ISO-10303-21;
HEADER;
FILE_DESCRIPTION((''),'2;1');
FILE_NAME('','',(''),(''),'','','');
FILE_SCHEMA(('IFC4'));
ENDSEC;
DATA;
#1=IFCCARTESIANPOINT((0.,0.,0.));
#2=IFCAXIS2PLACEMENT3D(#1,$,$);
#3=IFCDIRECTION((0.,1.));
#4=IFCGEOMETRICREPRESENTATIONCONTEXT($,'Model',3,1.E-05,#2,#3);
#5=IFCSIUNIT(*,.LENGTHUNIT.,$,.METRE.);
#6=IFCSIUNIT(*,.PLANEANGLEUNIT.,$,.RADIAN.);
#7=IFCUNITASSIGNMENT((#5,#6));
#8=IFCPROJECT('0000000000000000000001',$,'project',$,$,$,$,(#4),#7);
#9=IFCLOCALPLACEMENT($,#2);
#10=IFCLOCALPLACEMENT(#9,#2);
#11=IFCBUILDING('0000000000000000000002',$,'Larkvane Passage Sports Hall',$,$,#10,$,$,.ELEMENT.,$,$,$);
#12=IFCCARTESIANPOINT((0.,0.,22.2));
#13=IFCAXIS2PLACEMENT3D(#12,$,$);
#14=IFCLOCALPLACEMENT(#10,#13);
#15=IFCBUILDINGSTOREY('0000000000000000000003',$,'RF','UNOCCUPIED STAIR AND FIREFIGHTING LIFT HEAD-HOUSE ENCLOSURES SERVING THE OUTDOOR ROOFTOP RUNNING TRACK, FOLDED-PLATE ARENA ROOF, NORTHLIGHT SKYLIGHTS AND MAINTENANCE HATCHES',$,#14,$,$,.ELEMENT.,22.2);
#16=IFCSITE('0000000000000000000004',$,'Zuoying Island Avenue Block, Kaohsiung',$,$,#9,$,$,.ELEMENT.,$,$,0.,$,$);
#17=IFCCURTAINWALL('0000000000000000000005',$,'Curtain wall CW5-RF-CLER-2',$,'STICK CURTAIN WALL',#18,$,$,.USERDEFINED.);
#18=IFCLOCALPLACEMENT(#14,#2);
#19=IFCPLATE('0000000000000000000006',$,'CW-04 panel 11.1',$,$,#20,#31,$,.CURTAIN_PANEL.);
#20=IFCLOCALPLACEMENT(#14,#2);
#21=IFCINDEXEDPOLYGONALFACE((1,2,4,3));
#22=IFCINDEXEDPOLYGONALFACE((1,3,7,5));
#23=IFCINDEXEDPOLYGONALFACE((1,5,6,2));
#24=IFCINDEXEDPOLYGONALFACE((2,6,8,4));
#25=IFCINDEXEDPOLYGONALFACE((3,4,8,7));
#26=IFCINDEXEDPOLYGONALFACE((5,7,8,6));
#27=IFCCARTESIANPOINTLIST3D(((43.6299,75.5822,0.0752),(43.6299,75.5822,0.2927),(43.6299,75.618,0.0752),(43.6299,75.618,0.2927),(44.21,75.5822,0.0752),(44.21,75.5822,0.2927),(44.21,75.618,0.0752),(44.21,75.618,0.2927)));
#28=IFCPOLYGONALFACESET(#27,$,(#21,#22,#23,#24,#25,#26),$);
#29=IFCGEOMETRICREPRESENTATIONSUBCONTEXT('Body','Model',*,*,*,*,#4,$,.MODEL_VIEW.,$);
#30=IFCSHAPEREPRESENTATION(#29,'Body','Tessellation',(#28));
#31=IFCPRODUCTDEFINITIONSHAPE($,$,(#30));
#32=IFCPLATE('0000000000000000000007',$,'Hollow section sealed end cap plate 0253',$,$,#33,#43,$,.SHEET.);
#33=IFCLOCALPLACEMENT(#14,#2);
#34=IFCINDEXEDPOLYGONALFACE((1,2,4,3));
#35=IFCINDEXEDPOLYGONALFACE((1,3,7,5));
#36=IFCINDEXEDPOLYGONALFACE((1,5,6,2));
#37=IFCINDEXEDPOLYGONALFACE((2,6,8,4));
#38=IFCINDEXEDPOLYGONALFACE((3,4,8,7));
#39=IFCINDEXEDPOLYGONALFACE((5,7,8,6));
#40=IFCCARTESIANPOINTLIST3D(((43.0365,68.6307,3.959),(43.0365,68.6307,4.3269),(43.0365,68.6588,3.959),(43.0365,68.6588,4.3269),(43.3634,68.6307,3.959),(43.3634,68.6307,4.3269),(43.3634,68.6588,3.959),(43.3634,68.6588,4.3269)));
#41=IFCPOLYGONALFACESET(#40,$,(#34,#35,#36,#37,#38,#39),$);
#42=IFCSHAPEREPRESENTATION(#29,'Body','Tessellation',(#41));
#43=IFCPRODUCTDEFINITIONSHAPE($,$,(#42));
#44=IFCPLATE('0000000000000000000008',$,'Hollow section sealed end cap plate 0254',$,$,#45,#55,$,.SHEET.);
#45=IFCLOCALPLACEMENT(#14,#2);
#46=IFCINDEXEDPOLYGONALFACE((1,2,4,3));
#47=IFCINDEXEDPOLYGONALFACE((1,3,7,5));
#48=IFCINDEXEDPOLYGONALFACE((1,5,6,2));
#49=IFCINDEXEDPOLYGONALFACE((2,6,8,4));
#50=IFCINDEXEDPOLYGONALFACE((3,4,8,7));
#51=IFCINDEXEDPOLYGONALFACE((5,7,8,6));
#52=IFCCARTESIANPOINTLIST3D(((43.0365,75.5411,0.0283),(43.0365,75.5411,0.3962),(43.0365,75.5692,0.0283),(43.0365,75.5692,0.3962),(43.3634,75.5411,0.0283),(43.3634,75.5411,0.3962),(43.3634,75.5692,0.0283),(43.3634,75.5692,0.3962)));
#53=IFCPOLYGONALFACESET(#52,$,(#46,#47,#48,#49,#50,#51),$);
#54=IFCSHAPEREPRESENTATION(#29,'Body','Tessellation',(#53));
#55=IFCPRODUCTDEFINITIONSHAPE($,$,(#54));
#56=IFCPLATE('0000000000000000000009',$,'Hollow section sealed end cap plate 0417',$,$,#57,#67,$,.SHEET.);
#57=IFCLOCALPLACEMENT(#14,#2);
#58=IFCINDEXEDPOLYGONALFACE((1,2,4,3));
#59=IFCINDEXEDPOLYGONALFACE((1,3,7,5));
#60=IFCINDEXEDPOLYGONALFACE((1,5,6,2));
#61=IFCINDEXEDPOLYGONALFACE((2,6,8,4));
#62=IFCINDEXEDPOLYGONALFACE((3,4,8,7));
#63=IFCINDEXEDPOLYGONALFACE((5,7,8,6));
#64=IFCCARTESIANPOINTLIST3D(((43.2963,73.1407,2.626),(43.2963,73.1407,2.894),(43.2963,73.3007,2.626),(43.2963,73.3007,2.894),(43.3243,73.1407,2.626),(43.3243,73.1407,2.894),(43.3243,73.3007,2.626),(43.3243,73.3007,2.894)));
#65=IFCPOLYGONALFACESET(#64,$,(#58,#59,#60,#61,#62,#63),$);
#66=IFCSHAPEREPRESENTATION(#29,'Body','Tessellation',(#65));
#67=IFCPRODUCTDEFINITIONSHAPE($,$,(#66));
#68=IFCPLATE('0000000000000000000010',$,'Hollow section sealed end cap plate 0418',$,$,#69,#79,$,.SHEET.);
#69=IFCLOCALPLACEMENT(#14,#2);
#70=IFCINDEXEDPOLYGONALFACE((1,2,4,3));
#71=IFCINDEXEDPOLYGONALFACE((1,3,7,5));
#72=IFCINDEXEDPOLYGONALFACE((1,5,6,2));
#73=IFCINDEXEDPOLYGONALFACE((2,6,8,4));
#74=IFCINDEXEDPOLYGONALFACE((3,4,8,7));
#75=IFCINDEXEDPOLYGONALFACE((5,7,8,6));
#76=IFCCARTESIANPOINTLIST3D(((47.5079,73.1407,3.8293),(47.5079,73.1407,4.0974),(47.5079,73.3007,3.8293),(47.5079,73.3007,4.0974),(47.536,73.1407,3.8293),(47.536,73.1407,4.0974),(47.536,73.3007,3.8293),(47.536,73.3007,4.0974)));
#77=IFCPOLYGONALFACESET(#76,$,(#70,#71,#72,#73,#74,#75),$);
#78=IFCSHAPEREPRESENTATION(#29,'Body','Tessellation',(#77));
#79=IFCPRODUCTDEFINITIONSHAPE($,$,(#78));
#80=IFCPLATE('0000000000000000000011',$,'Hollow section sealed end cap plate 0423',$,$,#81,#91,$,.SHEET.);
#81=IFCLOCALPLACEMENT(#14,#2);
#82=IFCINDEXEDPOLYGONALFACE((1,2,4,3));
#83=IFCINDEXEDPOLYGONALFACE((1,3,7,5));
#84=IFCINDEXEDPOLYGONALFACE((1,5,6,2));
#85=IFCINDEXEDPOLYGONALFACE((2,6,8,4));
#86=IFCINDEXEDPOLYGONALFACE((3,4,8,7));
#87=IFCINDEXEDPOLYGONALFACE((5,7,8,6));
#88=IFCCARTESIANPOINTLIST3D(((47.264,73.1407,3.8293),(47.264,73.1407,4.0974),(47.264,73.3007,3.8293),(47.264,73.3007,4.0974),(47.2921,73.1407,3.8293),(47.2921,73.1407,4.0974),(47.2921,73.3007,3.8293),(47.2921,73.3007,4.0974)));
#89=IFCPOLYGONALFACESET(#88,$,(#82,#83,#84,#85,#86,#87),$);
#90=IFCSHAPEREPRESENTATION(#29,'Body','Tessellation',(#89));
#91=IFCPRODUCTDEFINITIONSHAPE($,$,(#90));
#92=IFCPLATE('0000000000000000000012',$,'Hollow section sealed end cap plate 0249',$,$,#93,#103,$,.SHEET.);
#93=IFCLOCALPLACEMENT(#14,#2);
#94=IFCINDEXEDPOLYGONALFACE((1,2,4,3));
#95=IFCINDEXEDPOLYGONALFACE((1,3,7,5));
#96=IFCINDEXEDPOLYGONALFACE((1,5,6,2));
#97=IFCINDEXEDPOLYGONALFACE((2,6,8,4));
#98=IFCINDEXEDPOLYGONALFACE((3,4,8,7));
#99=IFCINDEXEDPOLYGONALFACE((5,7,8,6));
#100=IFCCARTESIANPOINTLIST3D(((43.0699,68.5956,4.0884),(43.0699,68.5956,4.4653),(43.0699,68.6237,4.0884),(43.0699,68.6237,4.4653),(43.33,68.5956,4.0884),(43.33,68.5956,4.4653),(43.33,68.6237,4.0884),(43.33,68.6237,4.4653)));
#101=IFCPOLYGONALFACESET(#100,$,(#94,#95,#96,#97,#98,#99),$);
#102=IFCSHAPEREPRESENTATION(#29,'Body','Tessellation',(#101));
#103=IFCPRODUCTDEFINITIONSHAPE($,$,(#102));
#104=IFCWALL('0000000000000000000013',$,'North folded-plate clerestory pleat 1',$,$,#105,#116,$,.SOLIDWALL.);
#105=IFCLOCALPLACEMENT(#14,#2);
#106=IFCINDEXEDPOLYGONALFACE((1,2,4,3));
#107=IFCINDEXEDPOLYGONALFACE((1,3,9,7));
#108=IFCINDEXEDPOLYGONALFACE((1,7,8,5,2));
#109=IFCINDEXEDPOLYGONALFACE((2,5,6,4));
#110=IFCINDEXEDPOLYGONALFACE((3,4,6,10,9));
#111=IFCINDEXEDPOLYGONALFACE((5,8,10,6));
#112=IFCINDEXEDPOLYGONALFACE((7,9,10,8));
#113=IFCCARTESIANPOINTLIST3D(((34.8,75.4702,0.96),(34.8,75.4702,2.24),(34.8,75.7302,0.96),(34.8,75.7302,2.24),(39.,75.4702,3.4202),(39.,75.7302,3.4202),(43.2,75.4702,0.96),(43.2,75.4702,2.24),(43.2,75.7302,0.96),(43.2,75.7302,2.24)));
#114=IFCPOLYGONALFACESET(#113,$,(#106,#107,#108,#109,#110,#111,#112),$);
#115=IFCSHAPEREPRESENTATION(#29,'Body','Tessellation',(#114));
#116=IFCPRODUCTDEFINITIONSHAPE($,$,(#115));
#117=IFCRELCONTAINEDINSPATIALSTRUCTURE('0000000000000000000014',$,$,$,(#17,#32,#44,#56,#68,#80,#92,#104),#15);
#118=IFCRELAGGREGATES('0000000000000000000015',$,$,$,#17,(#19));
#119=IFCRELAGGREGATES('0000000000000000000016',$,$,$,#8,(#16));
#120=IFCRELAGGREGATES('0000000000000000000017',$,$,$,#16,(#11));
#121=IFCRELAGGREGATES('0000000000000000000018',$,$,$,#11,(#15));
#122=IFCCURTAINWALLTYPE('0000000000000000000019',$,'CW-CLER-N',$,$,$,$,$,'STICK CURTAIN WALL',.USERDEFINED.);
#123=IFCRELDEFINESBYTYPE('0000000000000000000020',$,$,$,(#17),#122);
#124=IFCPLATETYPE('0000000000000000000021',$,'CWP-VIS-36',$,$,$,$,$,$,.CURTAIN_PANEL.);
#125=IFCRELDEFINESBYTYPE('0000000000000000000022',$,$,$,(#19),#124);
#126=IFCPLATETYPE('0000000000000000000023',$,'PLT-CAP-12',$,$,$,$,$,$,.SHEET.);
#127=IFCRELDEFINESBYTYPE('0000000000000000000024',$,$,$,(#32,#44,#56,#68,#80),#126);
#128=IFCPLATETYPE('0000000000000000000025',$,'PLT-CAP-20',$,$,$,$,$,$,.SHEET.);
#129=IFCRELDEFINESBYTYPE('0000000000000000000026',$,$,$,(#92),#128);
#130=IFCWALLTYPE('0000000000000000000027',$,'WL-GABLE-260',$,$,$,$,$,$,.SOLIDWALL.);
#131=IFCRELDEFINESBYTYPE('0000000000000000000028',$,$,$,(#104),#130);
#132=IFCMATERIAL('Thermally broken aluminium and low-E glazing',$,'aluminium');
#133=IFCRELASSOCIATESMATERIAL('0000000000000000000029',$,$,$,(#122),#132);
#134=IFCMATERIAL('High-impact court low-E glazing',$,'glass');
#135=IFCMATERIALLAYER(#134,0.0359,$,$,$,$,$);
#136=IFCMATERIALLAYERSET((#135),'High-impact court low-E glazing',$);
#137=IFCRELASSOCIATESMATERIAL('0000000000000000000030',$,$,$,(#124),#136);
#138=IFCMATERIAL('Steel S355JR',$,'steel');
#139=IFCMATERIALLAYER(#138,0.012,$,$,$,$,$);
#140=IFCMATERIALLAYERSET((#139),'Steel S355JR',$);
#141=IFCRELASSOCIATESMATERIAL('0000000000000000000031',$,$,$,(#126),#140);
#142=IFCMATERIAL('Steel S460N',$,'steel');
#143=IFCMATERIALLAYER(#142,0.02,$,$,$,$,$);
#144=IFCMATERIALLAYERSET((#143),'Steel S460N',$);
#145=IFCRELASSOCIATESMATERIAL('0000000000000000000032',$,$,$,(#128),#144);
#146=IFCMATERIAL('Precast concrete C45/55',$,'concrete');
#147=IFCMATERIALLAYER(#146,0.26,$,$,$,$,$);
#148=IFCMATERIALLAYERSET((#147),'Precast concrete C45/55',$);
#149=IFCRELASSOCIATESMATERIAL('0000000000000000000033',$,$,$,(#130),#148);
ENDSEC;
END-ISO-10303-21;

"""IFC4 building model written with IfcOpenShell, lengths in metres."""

from ifc_helpers import new_model, si_unit, direction, frame, origin, origin_2d, place, context, subcontext, project, spatial, polyline, rectangle, outline, extrude, material, layer, layer_set, type_object, element, aggregate, save


model = new_model("IFC4")

# Units and contexts
model_context = context("Model", 3, precision=1e-05, world=origin(), true_north=direction((0.0, 1.0)))
body_context = subcontext(model_context, "Body", "Model", "MODEL_VIEW")
ifc_project = project(units=[si_unit("LENGTHUNIT", "METRE"), si_unit("PLANEANGLEUNIT", "RADIAN")], contexts=[model_context])

# Site, building, storey
site_placement = place(None, origin())
site = spatial("IfcSite", under=ifc_project, at=site_placement, Name="Zuoying Island Avenue Block, Kaohsiung", CompositionType="ELEMENT", RefElevation=0.0)
building_placement = place(site_placement, origin())
building = spatial("IfcBuilding", under=site, at=building_placement, Name="Larkvane Passage Sports Hall", CompositionType="ELEMENT")
storey_placement = place(building_placement, frame((0.0, 0.0, 22.2)))
storey = spatial("IfcBuildingStorey", under=building, at=storey_placement, Name="RF", Description="UNOCCUPIED STAIR AND FIREFIGHTING LIFT HEAD-HOUSE ENCLOSURES SERVING THE OUTDOOR ROOFTOP RUNNING TRACK, FOLDED-PLATE ARENA ROOF, NORTHLIGHT SKYLIGHTS AND MAINTENANCE HATCHES", CompositionType="ELEMENT", Elevation=22.2)

# Shared definitions
ifc_material_1 = material(Name="Steel S460N", Category="steel")

# Shared definitions
ifc_material_2 = material(Name="Steel S355JR", Category="steel")

# Curtain wall
ifc_material_3 = material(Name="Thermally broken aluminium and low-E glazing", Category="aluminium")
curtain_wall_type = type_object("IfcCurtainWallType", Name="CW-CLER-N", ElementType="STICK CURTAIN WALL", PredefinedType="USERDEFINED", material=ifc_material_3)
curtain_wall_1_placement = place(storey_placement, origin())
curtain_wall_1 = element("IfcCurtainWall", 1, at=curtain_wall_1_placement, inside=storey, type_object=curtain_wall_type, Name="Curtain wall CW5-RF-CLER-2", ObjectType="STICK CURTAIN WALL", PredefinedType="USERDEFINED")

# Plate
ifc_material_4 = material(Name="High-impact court low-E glazing", Category="glass")
ifc_layer_1 = layer(ifc_material_4, 0.0359)
ifc_layer_set_1 = layer_set([ifc_layer_1], Name="High-impact court low-E glazing")
plate_type_1 = type_object("IfcPlateType", Name="CWP-VIS-36", PredefinedType="CURTAIN_PANEL", material=ifc_layer_set_1)
plate_1_placement = place(storey_placement, frame((43.9199, 75.6001, 0.0752), z_axis=(0.0, 0.0, 1.0), x_axis=(-1.0, 0.0, 0.0)))
plate_1 = element("IfcPlate", 2, at=plate_1_placement, type_object=plate_type_1, Name="CW-04 panel 11.1", PredefinedType="CURTAIN_PANEL", context=body_context, shape_type="SweptSolid", body=[
    extrude(rectangle(XDim=0.5801, YDim=0.0359, at=origin_2d()), origin(), (0.0, 0.0, 1.0), 0.2175),
])
aggregate(curtain_wall_1, [plate_1])

# Plates
ifc_layer_2 = layer(ifc_material_2, 0.012)
ifc_layer_set_2 = layer_set([ifc_layer_2], Name="Steel S355JR")
plate_type_2 = type_object("IfcPlateType", Name="PLT-CAP-12", PredefinedType="SHEET", material=ifc_layer_set_2)
for number, where, z_axis, x_axis, name in (
    (3, (43.2, 68.6448, 3.959), (0.0, 0.0, 1.0), (-1.0, 0.0, 0.0), "Hollow section sealed end cap plate 0253"),
    (4, (43.2, 75.5552, 0.0283), (0.0, 0.0, 1.0), (-1.0, 0.0, 0.0), "Hollow section sealed end cap plate 0254"),
):
    element("IfcPlate", number, at=place(storey_placement, frame(where, z_axis=z_axis, x_axis=x_axis)), inside=storey, type_object=plate_type_2, Name=name, PredefinedType="SHEET", context=body_context, shape_type="SweptSolid", body=[
        extrude(rectangle(XDim=0.3269, YDim=0.0281, at=origin_2d()), origin(), (0.0, 0.0, 1.0), 0.3679),
    ])
for number, where, z_axis, x_axis, name in (
    (5, (43.3103, 73.2207, 2.626), (0.0, 0.0, 1.0), (0.0, 1.0, 0.0), "Hollow section sealed end cap plate 0417"),
    (6, (47.522, 73.2207, 3.8293), (0.0, 0.0, 1.0), (0.0, 1.0, 0.0), "Hollow section sealed end cap plate 0418"),
    (7, (47.2781, 73.2207, 3.8293), (0.0, 0.0, 1.0), (0.0, 1.0, 0.0), "Hollow section sealed end cap plate 0423"),
):
    element("IfcPlate", number, at=place(storey_placement, frame(where, z_axis=z_axis, x_axis=x_axis)), inside=storey, type_object=plate_type_2, Name=name, PredefinedType="SHEET", context=body_context, shape_type="SweptSolid", body=[
        extrude(rectangle(XDim=0.1599, YDim=0.0281, at=origin_2d()), origin(), (0.0, 0.0, 1.0), 0.2681),
    ])
ifc_layer_3 = layer(ifc_material_1, 0.02)
ifc_layer_set_3 = layer_set([ifc_layer_3], Name="Steel S460N")
plate_type_3 = type_object("IfcPlateType", Name="PLT-CAP-20", PredefinedType="SHEET", material=ifc_layer_set_3)
plate_2_placement = place(storey_placement, frame((43.2, 68.6096, 4.0884), z_axis=(0.0, 0.0, 1.0), x_axis=(-1.0, 0.0, 0.0)))
element("IfcPlate", 8, at=plate_2_placement, inside=storey, type_object=plate_type_3, Name="Hollow section sealed end cap plate 0249", PredefinedType="SHEET", context=body_context, shape_type="SweptSolid", body=[
    extrude(rectangle(XDim=0.26, YDim=0.0281, at=origin_2d()), origin(), (0.0, 0.0, 1.0), 0.377),
])

# Wall
ifc_material_5 = material(Name="Precast concrete C45/55", Category="concrete")
ifc_layer_4 = layer(ifc_material_5, 0.26)
ifc_layer_set_4 = layer_set([ifc_layer_4], Name="Precast concrete C45/55")
wall_type = type_object("IfcWallType", Name="WL-GABLE-260", PredefinedType="SOLIDWALL", material=ifc_layer_set_4)
wall_placement = place(storey_placement, frame((43.2, 75.6001, 0.96), z_axis=(0.0, 0.0, 1.0), x_axis=(-1.0, 0.0, 0.0)))
element("IfcWall", 9, at=wall_placement, inside=storey, type_object=wall_type, Name="North folded-plate clerestory pleat 1", PredefinedType="SOLIDWALL", context=body_context, shape_type="SweptSolid", body=[
    extrude(outline(polyline([(0.0, 0.0), (8.3999, 0.0), (8.3999, 1.28), (4.2, 2.4602), (0.0, 1.28), (0.0, 0.0)])), frame((0.0, 0.1299, 0.0), z_axis=(0.0, -1.0, 0.0), x_axis=(1.0, 0.0, 0.0)), (0.0, 0.0, 1.0), 0.26),
])

save(model, "model.ifc")
